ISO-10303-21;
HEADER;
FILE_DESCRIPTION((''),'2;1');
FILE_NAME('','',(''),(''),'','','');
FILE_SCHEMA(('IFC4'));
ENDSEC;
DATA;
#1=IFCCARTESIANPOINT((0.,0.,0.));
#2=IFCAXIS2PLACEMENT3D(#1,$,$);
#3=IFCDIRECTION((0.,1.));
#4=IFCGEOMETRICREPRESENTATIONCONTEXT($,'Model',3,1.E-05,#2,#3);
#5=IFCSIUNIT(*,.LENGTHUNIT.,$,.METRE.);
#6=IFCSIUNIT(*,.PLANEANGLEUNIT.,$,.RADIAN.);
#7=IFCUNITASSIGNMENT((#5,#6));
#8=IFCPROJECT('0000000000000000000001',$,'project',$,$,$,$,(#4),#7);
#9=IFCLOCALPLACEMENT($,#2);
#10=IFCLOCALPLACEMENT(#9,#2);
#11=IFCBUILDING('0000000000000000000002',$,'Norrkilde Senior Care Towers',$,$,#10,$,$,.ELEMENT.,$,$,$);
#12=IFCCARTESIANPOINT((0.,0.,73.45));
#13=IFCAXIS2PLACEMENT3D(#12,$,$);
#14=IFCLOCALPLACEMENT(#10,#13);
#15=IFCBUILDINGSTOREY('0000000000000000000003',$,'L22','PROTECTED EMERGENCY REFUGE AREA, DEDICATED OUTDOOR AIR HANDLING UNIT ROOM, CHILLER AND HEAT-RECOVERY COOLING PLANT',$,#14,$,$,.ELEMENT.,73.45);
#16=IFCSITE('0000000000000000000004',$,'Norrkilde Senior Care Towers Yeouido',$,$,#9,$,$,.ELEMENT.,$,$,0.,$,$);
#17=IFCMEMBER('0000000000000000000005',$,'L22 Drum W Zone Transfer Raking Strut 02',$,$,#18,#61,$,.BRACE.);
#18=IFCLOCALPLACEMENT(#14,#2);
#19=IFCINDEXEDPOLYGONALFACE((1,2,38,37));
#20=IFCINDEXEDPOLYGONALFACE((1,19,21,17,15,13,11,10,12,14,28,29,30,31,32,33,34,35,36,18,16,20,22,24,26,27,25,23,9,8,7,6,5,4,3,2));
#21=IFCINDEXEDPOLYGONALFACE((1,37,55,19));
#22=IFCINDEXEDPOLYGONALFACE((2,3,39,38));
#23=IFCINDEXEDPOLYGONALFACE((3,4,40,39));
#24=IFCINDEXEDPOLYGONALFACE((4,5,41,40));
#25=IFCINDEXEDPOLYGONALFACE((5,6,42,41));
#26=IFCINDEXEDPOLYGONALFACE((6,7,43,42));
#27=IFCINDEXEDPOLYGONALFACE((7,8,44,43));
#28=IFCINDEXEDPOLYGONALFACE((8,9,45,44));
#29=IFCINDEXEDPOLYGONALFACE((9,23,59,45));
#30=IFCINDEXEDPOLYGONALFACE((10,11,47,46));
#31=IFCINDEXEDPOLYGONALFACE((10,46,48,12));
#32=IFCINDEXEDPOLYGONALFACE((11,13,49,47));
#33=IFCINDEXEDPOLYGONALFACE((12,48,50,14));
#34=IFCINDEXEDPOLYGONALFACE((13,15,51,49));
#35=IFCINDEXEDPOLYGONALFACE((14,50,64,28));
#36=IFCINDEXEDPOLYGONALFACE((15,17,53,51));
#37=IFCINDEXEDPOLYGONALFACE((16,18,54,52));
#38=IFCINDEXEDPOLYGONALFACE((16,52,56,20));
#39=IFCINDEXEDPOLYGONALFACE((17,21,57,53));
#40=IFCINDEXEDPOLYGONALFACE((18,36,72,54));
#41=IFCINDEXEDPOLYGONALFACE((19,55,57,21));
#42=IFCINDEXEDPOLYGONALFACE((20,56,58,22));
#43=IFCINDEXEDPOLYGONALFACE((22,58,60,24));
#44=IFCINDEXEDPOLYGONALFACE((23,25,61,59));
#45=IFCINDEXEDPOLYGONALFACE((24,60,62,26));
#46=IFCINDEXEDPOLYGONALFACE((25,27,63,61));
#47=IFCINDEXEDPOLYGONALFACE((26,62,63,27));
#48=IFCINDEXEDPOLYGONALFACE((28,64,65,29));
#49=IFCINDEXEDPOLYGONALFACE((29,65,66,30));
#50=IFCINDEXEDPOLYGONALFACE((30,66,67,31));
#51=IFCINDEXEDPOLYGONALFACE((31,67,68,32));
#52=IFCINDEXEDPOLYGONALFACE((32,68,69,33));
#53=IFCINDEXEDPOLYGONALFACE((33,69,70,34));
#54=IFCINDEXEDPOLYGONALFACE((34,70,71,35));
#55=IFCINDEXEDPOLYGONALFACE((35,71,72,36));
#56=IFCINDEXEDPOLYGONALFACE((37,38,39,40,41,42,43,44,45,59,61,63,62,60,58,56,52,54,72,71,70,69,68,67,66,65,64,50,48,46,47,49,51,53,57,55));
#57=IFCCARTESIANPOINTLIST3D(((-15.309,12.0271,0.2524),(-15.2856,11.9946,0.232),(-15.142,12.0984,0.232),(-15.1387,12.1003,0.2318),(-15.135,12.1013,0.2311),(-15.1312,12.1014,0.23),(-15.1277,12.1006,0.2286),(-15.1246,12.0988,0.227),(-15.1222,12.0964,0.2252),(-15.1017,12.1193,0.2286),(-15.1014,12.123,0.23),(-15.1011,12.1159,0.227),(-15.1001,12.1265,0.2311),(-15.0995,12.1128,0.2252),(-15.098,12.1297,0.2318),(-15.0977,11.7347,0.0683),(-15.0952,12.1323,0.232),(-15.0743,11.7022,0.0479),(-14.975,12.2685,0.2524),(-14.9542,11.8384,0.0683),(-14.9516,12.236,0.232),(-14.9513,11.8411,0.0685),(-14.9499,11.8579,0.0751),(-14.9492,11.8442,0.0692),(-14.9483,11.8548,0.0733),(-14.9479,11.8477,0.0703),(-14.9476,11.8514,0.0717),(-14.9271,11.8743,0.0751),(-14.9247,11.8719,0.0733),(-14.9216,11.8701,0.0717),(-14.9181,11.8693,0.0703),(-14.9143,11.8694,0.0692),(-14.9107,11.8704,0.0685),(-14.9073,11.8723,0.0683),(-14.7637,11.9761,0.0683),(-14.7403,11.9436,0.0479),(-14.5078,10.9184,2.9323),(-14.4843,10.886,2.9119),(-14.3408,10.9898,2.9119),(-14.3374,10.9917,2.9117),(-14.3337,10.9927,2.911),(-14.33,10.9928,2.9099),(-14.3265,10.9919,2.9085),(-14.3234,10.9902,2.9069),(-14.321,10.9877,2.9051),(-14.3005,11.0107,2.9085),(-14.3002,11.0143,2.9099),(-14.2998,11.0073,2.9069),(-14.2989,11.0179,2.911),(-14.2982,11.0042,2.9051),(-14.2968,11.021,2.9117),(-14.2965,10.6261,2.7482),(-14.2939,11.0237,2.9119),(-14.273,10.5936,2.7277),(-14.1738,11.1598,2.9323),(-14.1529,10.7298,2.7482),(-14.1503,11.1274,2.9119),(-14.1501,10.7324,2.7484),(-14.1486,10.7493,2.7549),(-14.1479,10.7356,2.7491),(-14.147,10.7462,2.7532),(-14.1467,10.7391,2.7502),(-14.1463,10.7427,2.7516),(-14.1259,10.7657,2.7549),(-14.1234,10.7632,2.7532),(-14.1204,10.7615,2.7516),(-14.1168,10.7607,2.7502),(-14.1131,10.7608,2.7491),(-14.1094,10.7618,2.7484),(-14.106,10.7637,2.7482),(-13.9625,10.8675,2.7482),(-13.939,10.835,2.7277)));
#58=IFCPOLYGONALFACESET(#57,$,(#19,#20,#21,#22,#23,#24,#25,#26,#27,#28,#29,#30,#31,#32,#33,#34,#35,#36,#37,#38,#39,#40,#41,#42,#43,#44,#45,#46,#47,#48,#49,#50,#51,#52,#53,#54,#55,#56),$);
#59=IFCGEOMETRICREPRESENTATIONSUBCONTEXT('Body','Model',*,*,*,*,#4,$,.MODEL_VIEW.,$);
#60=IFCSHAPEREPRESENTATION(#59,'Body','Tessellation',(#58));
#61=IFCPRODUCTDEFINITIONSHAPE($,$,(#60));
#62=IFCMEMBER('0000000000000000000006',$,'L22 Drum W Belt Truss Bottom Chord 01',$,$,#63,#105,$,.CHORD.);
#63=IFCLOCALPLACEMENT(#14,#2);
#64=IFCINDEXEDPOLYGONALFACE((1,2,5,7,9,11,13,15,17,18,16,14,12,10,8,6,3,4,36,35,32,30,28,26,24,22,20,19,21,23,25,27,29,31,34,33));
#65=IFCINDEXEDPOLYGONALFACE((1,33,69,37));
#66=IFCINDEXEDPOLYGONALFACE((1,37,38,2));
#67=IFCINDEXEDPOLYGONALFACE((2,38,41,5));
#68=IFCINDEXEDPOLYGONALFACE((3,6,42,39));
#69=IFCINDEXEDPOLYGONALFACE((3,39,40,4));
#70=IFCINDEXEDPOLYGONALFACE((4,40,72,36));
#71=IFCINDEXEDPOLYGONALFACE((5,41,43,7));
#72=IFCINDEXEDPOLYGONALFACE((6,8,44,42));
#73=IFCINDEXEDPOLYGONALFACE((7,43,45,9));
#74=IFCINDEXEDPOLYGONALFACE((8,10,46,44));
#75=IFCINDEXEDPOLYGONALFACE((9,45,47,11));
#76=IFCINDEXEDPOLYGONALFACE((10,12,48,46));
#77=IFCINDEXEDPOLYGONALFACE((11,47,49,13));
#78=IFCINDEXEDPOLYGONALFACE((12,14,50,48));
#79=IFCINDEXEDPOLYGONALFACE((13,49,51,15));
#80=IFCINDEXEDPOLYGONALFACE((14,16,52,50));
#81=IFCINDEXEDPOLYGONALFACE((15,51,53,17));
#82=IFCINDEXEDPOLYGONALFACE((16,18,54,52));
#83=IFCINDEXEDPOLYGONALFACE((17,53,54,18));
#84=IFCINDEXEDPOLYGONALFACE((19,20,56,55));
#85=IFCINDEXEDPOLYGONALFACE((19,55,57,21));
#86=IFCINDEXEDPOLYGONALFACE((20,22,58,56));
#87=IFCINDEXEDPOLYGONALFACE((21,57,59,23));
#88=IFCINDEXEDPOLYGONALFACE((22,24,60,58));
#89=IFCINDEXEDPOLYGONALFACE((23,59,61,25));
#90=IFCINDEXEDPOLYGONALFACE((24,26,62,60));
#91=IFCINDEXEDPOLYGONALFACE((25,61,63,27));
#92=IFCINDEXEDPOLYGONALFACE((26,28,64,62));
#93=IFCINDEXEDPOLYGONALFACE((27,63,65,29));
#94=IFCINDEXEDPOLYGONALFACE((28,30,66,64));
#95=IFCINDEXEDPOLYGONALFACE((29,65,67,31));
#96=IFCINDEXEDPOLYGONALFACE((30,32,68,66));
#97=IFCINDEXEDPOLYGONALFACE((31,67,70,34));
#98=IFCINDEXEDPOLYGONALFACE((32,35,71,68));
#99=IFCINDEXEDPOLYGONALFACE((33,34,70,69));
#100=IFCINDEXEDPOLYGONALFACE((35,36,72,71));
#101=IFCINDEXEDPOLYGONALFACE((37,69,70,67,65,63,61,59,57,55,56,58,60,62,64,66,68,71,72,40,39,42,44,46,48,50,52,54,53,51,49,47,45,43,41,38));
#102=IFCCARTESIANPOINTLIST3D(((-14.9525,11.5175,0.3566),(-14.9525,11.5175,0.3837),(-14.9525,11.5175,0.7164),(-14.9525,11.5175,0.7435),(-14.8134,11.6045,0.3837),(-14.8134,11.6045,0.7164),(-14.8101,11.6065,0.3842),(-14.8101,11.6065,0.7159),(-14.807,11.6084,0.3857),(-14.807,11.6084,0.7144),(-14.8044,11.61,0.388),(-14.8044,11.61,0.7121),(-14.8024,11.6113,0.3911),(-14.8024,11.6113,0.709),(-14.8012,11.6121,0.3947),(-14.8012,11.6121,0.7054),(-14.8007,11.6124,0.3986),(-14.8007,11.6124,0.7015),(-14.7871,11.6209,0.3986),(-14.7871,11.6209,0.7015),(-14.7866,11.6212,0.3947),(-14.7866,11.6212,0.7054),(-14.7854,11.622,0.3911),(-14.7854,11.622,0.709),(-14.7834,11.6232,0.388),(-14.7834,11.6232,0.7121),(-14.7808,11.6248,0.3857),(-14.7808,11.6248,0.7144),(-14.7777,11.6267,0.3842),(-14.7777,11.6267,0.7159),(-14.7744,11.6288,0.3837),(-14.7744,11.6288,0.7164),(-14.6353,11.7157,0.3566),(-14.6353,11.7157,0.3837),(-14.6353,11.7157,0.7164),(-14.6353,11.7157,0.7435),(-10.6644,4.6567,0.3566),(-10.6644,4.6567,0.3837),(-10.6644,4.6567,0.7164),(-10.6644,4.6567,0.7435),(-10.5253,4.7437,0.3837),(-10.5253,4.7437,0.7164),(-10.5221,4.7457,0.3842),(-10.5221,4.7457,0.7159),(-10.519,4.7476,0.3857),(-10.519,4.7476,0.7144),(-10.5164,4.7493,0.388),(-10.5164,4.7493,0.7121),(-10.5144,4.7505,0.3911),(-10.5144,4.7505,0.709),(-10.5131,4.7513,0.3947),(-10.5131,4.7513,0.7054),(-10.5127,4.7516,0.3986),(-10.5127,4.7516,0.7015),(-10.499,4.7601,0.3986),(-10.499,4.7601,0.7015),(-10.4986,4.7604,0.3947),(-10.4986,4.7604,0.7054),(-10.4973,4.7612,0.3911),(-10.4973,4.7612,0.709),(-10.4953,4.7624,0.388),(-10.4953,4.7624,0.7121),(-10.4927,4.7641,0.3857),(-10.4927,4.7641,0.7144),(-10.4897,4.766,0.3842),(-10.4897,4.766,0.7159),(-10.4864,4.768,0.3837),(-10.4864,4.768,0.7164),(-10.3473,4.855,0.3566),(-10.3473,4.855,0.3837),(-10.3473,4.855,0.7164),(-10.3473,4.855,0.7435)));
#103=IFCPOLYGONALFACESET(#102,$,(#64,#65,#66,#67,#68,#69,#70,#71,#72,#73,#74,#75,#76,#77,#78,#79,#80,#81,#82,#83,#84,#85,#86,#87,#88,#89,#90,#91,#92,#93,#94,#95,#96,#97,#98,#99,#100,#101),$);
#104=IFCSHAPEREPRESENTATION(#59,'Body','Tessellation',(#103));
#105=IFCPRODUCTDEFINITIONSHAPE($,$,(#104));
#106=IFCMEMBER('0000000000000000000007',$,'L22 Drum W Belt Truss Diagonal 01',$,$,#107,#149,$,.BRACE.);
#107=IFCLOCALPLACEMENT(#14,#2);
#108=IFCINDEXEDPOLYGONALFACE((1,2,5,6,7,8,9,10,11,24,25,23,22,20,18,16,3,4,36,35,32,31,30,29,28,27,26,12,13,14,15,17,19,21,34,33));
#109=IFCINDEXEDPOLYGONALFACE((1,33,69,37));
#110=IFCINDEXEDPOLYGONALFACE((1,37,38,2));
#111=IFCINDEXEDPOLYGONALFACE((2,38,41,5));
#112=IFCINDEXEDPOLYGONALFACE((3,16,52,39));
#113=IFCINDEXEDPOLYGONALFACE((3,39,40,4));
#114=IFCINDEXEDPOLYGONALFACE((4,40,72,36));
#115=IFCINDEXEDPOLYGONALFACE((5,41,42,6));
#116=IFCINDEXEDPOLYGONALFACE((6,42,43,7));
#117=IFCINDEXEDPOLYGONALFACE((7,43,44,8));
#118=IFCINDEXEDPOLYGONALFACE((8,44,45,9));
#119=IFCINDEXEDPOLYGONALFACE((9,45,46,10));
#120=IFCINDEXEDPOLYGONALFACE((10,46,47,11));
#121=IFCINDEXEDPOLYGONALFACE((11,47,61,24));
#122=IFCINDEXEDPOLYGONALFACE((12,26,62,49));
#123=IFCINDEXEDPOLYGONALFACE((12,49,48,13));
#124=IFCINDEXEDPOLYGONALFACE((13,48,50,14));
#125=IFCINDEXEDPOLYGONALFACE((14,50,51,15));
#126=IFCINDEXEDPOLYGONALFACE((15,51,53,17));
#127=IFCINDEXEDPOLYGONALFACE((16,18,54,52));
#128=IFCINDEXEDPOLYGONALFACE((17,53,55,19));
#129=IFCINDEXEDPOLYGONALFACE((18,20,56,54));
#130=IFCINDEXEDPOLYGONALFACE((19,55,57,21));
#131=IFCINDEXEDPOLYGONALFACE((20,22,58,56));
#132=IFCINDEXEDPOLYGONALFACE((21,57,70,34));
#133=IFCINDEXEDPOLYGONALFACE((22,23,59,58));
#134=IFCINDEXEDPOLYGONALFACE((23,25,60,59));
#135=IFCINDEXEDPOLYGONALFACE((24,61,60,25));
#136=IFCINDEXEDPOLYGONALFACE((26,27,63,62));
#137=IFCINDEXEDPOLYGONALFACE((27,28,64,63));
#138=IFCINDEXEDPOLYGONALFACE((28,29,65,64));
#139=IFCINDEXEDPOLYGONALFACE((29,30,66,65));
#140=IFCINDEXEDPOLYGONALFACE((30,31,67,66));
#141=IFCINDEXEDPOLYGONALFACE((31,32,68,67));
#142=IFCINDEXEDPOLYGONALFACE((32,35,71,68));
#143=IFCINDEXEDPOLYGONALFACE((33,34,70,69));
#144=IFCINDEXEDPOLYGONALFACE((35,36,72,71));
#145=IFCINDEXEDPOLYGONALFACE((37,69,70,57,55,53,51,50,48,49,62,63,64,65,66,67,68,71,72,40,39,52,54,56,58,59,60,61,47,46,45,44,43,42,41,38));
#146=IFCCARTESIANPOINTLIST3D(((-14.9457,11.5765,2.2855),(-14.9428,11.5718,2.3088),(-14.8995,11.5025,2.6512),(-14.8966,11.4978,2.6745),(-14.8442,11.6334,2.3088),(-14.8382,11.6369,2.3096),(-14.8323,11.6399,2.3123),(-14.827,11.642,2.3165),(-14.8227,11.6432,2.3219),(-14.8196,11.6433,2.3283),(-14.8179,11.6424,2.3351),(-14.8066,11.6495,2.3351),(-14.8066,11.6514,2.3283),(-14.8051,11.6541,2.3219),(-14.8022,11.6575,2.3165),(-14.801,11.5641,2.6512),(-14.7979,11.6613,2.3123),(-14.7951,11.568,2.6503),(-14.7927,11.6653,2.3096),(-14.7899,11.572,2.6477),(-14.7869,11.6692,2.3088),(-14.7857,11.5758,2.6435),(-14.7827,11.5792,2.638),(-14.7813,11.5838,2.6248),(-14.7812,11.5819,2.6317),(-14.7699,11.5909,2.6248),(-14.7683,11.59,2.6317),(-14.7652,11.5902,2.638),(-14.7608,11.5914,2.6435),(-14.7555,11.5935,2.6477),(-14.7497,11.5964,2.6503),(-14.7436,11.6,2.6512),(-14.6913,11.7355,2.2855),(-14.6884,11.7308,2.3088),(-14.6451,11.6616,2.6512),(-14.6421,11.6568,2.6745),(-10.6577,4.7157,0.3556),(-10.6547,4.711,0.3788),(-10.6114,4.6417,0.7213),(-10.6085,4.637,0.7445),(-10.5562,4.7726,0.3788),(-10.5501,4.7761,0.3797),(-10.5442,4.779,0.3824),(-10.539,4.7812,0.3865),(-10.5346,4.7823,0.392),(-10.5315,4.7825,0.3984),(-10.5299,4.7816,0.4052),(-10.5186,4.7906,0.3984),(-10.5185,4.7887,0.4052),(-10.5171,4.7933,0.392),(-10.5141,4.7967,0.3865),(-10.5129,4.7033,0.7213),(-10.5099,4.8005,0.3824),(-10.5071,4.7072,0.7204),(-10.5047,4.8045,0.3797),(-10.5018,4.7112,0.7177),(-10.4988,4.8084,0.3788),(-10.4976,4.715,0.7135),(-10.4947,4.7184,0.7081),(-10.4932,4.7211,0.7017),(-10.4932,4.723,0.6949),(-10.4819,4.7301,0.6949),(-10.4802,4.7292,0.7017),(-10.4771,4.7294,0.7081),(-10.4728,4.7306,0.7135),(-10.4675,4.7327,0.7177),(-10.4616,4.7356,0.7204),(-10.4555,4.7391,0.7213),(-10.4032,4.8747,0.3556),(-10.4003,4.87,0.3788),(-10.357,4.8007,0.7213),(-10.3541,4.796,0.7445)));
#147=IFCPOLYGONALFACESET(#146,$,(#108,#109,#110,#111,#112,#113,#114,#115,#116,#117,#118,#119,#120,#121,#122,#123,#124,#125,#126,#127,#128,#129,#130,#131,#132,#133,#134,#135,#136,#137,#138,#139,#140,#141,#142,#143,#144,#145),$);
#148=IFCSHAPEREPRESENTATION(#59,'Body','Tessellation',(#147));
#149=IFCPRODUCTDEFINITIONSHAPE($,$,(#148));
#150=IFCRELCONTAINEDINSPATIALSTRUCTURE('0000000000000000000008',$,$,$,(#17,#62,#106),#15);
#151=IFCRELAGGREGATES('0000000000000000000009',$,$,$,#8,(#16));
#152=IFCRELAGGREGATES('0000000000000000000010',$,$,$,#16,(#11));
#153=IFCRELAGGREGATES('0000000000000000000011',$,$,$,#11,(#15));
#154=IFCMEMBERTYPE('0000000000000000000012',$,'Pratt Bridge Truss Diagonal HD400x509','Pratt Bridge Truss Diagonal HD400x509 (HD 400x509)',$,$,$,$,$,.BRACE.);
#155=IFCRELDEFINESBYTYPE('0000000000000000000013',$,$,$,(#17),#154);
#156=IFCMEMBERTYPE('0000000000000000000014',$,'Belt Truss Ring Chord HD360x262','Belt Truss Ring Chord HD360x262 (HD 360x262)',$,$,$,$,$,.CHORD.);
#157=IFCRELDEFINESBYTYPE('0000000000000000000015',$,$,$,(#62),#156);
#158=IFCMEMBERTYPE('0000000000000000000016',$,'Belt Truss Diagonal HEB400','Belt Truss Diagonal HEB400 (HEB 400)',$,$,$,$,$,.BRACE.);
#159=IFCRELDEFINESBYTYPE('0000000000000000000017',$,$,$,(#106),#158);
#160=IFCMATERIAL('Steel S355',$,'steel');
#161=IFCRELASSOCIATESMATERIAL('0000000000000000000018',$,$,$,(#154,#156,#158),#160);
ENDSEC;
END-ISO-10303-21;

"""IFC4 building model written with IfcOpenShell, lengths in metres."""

from ifc_helpers import new_model, si_unit, direction, frame, origin, origin_2d, place, context, subcontext, project, spatial, i_section, extrude, source, transform, mapped, material, material_profile, profile_set, type_object, type_shapes, element, save


model = new_model("IFC4")

# Units and contexts
model_context = context("Model", 3, precision=1e-05, world=origin(), true_north=direction((0.0, 1.0)))
body_context = subcontext(model_context, "Body", "Model", "MODEL_VIEW")
ifc_project = project(units=[si_unit("LENGTHUNIT", "METRE"), si_unit("PLANEANGLEUNIT", "RADIAN")], contexts=[model_context])

# Site, building, storey
site_placement = place(None, origin())
site = spatial("IfcSite", under=ifc_project, at=site_placement, Name="Norrkilde Senior Care Towers Yeouido", CompositionType="ELEMENT", RefElevation=0.0)
building_placement = place(site_placement, origin())
building = spatial("IfcBuilding", under=site, at=building_placement, Name="Norrkilde Senior Care Towers", CompositionType="ELEMENT")
storey_placement = place(building_placement, frame((0.0, 0.0, 73.45)))
storey = spatial("IfcBuildingStorey", under=building, at=storey_placement, Name="L22", Description="PROTECTED EMERGENCY REFUGE AREA, DEDICATED OUTDOOR AIR HANDLING UNIT ROOM, CHILLER AND HEAT-RECOVERY COOLING PLANT", CompositionType="ELEMENT", Elevation=73.45)

# Members
ifc_material_1 = material(Name="Steel S355", Category="steel")
ifc_material_profile_1 = material_profile(ifc_material_1, i_section(OverallWidth=0.4121, OverallDepth=0.45, WebThickness=0.0281, FlangeThickness=0.0449, FilletRadius=0.0149, at=origin_2d()), Name="HD 400x509")
ifc_profile_set_1 = profile_set([ifc_material_profile_1], Name="Steel S355")
member_type_1 = type_object("IfcMemberType", Name="Pratt Bridge Truss Diagonal HD400x509", Description="Pratt Bridge Truss Diagonal HD400x509 (HD 400x509)", PredefinedType="BRACE", material=ifc_profile_set_1)
shared_shape_1 = source(origin(), body_context, "Body", "SweptSolid", [
    extrude(i_section(OverallWidth=0.4121, OverallDepth=0.45, WebThickness=0.0281, FlangeThickness=0.0449, FilletRadius=0.0149, at=origin_2d()), origin(), (0.0, 0.0, 1.0), 3.0088),
])
member_1_placement = place(storey_placement, frame((-15.0247, 11.9854, 0.1501), z_axis=(0.266305, -0.368461, 0.890684), x_axis=(0.810477, 0.585771, 0.0)))
element("IfcMember", 1, at=member_1_placement, inside=storey, type_object=member_type_1, Name="L22 Drum W Zone Transfer Raking Strut 02", PredefinedType="BRACE", context=body_context, shape_type="MappedRepresentation", body=[
    mapped(shared_shape_1, transform((0.0, 0.0, 0.0), x_axis=(1.0, 0.0, 0.0), y_axis=(0.0, 1.0, 0.0), z_axis=(0.0, 0.0, 1.0), scale=1.0)),
])
ifc_material_profile_2 = material_profile(ifc_material_1, i_section(OverallWidth=0.374, OverallDepth=0.387, WebThickness=0.0161, FlangeThickness=0.0271, FilletRadius=0.0149, at=origin_2d()), Name="HD 360x262")
ifc_profile_set_2 = profile_set([ifc_material_profile_2], Name="Steel S355")
member_type_2 = type_object("IfcMemberType", Name="Belt Truss Ring Chord HD360x262", Description="Belt Truss Ring Chord HD360x262 (HD 360x262)", PredefinedType="CHORD", material=ifc_profile_set_2)
shared_shape_2 = source(origin(), body_context, "Body", "SweptSolid", [
    extrude(i_section(OverallWidth=0.374, OverallDepth=0.387, WebThickness=0.0161, FlangeThickness=0.0271, FilletRadius=0.0149, at=origin_2d()), origin(), (0.0, 0.0, 1.0), 8.0906),
])
type_shapes(member_type_2, [shared_shape_2])
member_2_placement = place(storey_placement, frame((-10.5059, 4.7559, 0.55), z_axis=(-0.530004, 0.847995, 0.0), x_axis=(-0.847995, -0.530004, 0.0)))
element("IfcMember", 2, at=member_2_placement, inside=storey, type_object=member_type_2, Name="L22 Drum W Belt Truss Bottom Chord 01", PredefinedType="CHORD", context=body_context, shape_type="MappedRepresentation", body=[
    mapped(shared_shape_2, transform((0.0, 0.0, 0.0), x_axis=(1.0, 0.0, 0.0), y_axis=(0.0, 1.0, 0.0), z_axis=(0.0, 0.0, 1.0), scale=1.0)),
])
ifc_material_profile_3 = material_profile(ifc_material_1, i_section(OverallWidth=0.3, OverallDepth=0.3999, WebThickness=0.0134, FlangeThickness=0.0239, FilletRadius=0.0271, at=origin_2d()), Name="HEB 400")
ifc_profile_set_3 = profile_set([ifc_material_profile_3], Name="Steel S355")
member_type_3 = type_object("IfcMemberType", Name="Belt Truss Diagonal HEB400", Description="Belt Truss Diagonal HEB400 (HEB 400)", PredefinedType="BRACE", material=ifc_profile_set_3)
shared_shape_3 = source(origin(), body_context, "Body", "SweptSolid", [
    extrude(i_section(OverallWidth=0.3, OverallDepth=0.3999, WebThickness=0.0134, FlangeThickness=0.0239, FilletRadius=0.0271, at=origin_2d()), origin(), (0.0, 0.0, 1.0), 8.3176),
])
member_3_placement = place(storey_placement, frame((-10.5059, 4.7559, 0.55), z_axis=(-0.51554, 0.824852, 0.232028), x_axis=(-0.847995, -0.530004, 0.0)))
element("IfcMember", 3, at=member_3_placement, inside=storey, type_object=member_type_3, Name="L22 Drum W Belt Truss Diagonal 01", PredefinedType="BRACE", context=body_context, shape_type="MappedRepresentation", body=[
    mapped(shared_shape_3, transform((0.0, 0.0, 0.0), x_axis=(1.0, 0.0, 0.0), y_axis=(0.0, 1.0, 0.0), z_axis=(0.0, 0.0, 1.0), scale=1.0)),
])

save(model, "model.ifc")
